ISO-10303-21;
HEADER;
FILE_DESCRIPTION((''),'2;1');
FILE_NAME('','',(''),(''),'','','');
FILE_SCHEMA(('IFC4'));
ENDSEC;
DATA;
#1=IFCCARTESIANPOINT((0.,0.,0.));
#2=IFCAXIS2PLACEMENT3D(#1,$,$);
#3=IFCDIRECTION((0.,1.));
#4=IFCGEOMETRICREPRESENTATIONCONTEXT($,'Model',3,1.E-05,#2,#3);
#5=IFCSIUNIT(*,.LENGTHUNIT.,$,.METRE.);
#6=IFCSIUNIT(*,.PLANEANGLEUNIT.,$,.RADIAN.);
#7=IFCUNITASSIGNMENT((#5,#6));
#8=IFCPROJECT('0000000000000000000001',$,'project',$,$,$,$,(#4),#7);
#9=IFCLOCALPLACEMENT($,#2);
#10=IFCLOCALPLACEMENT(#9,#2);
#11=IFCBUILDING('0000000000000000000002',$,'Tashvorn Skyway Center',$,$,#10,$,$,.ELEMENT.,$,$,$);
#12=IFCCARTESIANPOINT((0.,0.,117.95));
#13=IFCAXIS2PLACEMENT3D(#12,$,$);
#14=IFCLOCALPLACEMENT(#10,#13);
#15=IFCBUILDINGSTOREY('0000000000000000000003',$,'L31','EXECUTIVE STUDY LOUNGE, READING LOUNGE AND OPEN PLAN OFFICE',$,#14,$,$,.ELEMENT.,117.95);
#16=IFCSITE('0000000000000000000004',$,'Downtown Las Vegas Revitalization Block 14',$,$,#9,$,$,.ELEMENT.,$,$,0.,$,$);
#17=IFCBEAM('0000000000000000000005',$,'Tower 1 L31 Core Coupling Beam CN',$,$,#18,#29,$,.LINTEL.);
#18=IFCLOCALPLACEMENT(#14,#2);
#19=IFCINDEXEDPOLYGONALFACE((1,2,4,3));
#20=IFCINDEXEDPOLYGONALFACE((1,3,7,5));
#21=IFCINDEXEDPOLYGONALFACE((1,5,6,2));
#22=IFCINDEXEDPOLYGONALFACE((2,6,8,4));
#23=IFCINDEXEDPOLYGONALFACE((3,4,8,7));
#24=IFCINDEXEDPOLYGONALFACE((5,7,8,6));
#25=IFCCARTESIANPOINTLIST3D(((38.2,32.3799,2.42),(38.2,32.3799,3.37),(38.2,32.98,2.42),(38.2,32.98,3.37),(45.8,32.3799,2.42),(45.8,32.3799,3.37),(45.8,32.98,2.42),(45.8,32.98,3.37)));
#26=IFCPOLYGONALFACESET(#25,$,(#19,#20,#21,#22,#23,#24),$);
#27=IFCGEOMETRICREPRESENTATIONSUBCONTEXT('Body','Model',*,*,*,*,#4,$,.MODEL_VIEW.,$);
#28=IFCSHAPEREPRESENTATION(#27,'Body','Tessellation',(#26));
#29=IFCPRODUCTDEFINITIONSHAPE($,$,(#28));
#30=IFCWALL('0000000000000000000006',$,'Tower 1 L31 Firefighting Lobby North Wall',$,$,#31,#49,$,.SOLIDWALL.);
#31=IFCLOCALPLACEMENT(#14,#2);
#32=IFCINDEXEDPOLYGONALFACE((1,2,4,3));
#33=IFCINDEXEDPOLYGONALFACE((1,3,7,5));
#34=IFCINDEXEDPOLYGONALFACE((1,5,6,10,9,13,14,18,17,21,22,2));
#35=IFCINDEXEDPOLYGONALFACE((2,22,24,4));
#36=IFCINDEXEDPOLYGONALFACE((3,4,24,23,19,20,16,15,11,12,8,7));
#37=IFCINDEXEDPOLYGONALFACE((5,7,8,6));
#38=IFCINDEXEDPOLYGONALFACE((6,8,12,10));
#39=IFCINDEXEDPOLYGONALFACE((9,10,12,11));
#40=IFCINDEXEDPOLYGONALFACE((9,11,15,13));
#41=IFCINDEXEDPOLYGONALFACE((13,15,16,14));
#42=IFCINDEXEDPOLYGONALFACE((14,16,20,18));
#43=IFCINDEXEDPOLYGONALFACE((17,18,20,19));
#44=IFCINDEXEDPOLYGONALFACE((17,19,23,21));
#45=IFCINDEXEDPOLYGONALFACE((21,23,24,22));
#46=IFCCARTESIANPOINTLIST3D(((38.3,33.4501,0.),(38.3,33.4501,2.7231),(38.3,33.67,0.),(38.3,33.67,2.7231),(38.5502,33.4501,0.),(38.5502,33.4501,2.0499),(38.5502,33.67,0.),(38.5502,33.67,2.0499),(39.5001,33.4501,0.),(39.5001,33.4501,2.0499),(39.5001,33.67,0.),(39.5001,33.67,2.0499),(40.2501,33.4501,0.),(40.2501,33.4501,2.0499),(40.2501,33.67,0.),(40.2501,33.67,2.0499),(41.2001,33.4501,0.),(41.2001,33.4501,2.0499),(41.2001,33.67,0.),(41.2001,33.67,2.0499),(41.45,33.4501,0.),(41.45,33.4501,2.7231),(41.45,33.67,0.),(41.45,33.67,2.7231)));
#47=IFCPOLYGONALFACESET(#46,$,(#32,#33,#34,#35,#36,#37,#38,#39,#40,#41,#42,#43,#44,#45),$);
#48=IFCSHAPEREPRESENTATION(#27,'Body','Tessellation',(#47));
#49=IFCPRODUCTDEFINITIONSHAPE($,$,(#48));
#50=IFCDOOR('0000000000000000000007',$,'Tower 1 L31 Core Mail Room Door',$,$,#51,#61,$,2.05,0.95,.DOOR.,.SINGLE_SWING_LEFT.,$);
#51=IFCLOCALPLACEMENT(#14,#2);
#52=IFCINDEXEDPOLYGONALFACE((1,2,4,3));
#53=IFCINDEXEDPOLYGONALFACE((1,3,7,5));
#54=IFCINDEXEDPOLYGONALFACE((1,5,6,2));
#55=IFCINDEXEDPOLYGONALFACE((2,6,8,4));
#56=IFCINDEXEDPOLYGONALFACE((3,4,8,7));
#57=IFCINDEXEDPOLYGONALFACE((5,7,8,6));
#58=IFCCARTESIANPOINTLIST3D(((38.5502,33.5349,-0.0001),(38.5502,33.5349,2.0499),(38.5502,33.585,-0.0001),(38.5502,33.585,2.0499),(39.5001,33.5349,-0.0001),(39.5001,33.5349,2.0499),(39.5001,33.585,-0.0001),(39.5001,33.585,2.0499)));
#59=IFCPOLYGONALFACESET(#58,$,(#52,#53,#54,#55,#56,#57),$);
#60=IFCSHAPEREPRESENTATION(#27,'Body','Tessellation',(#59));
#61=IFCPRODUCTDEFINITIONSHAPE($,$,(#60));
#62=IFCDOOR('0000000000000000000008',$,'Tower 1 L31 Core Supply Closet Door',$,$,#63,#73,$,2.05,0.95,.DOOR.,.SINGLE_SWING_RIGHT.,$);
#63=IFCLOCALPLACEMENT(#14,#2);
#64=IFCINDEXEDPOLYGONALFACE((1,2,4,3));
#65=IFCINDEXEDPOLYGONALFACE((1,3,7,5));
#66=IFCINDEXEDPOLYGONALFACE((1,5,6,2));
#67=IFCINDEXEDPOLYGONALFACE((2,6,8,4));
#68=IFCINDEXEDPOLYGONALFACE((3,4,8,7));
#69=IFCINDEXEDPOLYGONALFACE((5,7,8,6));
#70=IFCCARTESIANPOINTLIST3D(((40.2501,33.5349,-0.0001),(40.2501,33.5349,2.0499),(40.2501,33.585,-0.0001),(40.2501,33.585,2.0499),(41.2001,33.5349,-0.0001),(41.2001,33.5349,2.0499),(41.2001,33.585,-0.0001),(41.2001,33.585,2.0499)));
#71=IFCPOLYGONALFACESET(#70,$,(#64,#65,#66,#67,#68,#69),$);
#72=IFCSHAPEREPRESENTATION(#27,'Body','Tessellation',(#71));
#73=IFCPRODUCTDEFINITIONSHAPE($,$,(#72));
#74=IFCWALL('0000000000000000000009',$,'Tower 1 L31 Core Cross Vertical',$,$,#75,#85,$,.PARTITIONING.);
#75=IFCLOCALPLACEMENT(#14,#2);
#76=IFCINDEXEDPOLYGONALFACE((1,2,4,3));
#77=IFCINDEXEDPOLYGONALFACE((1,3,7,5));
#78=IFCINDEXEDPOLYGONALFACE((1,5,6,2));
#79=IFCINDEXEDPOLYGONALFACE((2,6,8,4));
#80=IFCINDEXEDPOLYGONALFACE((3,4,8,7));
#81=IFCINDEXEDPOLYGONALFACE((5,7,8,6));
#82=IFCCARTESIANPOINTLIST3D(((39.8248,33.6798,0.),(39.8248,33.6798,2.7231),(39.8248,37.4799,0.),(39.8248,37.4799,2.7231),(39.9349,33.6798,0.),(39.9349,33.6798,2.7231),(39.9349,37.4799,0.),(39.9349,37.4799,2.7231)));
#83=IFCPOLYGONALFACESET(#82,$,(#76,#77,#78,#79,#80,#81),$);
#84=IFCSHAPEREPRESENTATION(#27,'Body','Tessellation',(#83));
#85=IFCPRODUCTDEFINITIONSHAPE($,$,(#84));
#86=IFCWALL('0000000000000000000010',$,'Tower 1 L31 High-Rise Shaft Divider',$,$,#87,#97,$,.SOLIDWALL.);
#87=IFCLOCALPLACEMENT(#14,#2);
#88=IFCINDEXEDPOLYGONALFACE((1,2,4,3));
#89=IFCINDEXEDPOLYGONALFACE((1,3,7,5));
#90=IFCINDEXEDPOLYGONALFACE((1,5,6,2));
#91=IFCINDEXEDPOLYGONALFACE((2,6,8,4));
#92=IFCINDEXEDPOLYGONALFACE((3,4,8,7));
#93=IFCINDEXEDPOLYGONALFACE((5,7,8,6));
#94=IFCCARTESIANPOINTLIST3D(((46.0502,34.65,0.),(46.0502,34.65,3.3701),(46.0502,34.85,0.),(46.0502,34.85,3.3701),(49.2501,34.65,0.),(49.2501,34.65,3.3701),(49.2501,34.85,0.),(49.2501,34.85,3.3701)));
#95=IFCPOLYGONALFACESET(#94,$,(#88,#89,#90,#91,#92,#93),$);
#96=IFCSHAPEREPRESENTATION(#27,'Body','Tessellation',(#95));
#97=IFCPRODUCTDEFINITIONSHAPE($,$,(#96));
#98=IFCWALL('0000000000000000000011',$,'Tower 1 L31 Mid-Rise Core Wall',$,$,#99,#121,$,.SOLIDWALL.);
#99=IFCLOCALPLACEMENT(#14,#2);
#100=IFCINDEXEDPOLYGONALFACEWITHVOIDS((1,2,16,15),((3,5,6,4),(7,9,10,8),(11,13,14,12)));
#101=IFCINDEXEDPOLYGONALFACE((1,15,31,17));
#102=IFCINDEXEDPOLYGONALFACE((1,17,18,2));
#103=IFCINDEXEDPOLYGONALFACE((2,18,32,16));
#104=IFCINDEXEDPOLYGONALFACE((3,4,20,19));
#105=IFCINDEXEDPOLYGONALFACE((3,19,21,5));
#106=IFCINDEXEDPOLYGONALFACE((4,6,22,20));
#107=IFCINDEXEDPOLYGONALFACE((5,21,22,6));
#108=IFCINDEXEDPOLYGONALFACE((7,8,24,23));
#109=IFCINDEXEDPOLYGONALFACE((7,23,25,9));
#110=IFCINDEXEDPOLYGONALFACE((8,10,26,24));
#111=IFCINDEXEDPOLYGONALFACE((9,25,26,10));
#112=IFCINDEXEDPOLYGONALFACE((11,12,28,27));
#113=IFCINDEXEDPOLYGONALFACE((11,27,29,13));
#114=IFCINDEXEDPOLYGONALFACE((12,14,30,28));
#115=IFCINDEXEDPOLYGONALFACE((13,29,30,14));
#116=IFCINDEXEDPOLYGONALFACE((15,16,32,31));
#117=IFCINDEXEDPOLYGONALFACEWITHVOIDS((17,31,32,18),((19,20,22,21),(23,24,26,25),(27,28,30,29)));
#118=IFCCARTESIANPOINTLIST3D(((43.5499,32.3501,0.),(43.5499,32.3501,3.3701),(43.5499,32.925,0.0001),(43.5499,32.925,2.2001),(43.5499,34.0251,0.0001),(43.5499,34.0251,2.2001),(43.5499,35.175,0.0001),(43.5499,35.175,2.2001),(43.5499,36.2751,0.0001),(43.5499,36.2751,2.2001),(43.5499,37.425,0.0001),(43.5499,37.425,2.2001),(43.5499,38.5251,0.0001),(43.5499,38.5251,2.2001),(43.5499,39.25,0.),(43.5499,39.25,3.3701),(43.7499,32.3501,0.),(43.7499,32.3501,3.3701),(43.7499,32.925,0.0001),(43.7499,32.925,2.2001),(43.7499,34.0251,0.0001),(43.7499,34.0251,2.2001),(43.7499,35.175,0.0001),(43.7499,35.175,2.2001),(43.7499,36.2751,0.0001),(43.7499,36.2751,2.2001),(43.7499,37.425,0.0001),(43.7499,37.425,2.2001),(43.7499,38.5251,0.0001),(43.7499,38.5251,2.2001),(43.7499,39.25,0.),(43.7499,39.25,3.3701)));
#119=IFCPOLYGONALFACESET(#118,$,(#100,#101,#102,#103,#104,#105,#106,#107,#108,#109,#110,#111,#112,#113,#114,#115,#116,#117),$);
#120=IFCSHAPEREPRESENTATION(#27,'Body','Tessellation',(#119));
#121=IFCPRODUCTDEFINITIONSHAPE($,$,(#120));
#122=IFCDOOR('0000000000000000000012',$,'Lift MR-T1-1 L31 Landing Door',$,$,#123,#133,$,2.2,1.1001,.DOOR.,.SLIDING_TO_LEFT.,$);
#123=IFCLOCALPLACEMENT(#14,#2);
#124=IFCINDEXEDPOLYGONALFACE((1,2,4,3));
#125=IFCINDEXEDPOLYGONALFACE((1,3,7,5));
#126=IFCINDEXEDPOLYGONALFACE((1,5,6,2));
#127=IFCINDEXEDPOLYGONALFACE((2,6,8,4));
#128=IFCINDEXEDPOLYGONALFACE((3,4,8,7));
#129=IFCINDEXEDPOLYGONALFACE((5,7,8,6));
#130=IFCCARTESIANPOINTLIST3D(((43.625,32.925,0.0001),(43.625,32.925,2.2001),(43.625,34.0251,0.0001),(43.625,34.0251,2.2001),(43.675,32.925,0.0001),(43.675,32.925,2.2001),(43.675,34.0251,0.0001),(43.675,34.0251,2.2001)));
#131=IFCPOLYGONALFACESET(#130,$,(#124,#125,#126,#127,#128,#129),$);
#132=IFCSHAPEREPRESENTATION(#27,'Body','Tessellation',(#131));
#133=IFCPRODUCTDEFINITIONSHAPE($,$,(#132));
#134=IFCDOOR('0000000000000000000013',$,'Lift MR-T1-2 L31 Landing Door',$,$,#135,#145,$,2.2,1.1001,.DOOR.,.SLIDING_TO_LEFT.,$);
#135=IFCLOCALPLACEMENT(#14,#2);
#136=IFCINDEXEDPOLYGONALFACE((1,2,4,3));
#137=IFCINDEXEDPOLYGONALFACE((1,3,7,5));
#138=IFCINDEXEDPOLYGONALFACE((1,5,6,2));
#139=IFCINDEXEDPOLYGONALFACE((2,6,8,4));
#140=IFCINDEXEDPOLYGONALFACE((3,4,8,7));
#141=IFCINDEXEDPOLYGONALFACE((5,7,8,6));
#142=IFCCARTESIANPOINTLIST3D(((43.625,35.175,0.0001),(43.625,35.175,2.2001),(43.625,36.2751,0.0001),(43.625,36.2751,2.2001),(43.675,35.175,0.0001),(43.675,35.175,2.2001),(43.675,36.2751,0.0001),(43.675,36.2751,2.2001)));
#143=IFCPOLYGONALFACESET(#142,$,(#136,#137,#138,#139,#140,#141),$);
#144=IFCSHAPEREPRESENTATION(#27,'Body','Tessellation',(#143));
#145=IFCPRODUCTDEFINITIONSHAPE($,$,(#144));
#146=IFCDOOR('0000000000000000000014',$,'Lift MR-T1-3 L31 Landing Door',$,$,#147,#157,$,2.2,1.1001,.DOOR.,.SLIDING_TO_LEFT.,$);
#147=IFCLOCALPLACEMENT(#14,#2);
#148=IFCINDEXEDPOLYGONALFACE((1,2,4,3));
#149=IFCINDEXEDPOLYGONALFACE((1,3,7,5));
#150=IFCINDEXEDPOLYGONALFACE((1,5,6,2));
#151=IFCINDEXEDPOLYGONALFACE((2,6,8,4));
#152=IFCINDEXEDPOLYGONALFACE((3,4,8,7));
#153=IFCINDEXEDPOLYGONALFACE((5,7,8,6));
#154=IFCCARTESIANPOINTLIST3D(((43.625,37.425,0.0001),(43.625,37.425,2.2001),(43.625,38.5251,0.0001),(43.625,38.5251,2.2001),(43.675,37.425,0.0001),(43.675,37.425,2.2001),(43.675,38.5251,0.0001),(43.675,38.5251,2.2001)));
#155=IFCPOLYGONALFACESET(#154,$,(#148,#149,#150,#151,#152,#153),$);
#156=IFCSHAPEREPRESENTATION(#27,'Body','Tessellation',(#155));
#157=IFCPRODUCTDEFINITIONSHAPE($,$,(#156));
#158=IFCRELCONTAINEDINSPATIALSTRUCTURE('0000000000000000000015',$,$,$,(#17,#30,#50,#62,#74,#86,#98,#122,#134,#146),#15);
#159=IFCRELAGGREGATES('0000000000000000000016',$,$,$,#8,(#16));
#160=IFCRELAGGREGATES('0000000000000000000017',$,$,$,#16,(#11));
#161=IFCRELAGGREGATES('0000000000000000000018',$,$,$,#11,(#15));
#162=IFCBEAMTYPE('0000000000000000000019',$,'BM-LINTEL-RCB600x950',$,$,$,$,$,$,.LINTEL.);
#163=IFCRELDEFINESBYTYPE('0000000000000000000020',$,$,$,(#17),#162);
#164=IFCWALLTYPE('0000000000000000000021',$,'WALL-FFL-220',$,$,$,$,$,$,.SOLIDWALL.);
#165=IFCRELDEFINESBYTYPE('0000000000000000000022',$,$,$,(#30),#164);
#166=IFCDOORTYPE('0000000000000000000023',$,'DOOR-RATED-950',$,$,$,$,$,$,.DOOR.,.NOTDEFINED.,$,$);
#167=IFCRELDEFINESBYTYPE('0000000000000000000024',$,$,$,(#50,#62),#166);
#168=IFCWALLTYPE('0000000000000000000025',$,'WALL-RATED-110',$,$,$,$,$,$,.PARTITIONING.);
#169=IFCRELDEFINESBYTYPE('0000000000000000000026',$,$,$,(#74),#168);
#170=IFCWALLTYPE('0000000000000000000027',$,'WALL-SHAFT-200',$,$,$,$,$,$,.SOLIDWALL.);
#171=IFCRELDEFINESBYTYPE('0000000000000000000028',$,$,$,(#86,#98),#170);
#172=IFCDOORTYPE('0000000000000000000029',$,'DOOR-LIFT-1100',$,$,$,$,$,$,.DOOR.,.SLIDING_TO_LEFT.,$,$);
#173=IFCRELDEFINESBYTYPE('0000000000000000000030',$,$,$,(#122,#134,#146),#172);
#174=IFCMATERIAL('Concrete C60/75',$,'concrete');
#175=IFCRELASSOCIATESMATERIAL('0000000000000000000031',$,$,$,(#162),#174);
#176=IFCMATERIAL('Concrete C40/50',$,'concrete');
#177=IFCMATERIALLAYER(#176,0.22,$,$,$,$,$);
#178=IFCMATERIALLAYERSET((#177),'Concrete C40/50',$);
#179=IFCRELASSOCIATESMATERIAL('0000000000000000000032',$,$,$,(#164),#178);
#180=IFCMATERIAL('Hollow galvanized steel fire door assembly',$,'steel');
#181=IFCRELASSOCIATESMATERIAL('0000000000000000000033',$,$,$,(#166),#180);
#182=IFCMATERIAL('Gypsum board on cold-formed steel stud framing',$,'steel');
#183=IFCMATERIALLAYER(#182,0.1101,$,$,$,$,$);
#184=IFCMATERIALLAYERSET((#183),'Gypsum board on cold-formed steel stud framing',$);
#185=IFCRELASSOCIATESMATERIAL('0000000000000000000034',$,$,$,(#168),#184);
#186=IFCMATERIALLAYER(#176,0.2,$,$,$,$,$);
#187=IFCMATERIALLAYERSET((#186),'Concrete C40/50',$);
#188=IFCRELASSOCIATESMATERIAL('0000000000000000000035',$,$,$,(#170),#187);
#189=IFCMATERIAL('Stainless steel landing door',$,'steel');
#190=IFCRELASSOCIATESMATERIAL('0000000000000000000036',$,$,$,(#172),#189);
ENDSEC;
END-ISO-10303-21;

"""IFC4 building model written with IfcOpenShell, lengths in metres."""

from ifc_helpers import new_model, si_unit, direction, frame, frame_2d, origin, origin_2d, place, context, subcontext, project, spatial, rectangle, extrude, material, layer, layer_set, material_profile, profile_set, type_object, element, fill, save


model = new_model("IFC4")

# Units and contexts
model_context = context("Model", 3, precision=1e-05, world=origin(), true_north=direction((0.0, 1.0)))
body_context = subcontext(model_context, "Body", "Model", "MODEL_VIEW")
ifc_project = project(units=[si_unit("LENGTHUNIT", "METRE"), si_unit("PLANEANGLEUNIT", "RADIAN")], contexts=[model_context])

# Site, building, storey
site_placement = place(None, origin())
site = spatial("IfcSite", under=ifc_project, at=site_placement, Name="Downtown Las Vegas Revitalization Block 14", CompositionType="ELEMENT", RefElevation=0.0)
building_placement = place(site_placement, origin())
building = spatial("IfcBuilding", under=site, at=building_placement, Name="Tashvorn Skyway Center", CompositionType="ELEMENT")
storey_placement = place(building_placement, frame((0.0, 0.0, 117.95)))
storey = spatial("IfcBuildingStorey", under=building, at=storey_placement, Name="L31", Description="EXECUTIVE STUDY LOUNGE, READING LOUNGE AND OPEN PLAN OFFICE", CompositionType="ELEMENT", Elevation=117.95)

# Beam
ifc_material_1 = material(Name="Concrete C60/75", Category="concrete")
ifc_material_profile = material_profile(ifc_material_1, rectangle(XDim=0.6001, YDim=0.95, at=origin_2d()), Name="RCB600x950")
ifc_profile_set = profile_set([ifc_material_profile], Name="Concrete C60/75")
beam_type = type_object("IfcBeamType", Name="BM-LINTEL-RCB600x950", PredefinedType="LINTEL", material=ifc_profile_set)
beam_placement = place(storey_placement, frame((38.2, 32.6799, 2.895), z_axis=(1.0, 0.0, 0.0), x_axis=(0.0, 1.0, 0.0)))
element("IfcBeam", 1, at=beam_placement, inside=storey, type_object=beam_type, Name="Tower 1 L31 Core Coupling Beam CN", PredefinedType="LINTEL", context=body_context, shape_type="SweptSolid", body=[
    extrude(rectangle(XDim=0.6001, YDim=0.95, at=origin_2d()), origin(), (0.0, 0.0, 1.0), 7.6001),
])

# Wall, openings, doors
ifc_material_2 = material(Name="Concrete C40/50", Category="concrete")
ifc_layer_1 = layer(ifc_material_2, 0.22)
ifc_layer_set_1 = layer_set([ifc_layer_1], Name="Concrete C40/50")
wall_type_1 = type_object("IfcWallType", Name="WALL-FFL-220", PredefinedType="SOLIDWALL", material=ifc_layer_set_1)
wall_1_placement = place(storey_placement, frame((38.3, 33.5601, 0.0), z_axis=(0.0, 0.0, 1.0), x_axis=(1.0, 0.0, 0.0)))
wall_1 = element("IfcWall", 2, at=wall_1_placement, inside=storey, type_object=wall_type_1, Name="Tower 1 L31 Firefighting Lobby North Wall", PredefinedType="SOLIDWALL", context=body_context, shape_type="SweptSolid", body=[
    extrude(rectangle(XDim=3.1499, YDim=0.22, at=frame_2d((1.575, 0.0))), origin(), (0.0, 0.0, 1.0), 2.7231),
])
opening_1_placement = place(wall_1_placement, frame((0.25, 0.0, 0.0)))
opening_1 = element("IfcOpeningElement", 3, at=opening_1_placement, cuts=wall_1, PredefinedType="OPENING", context=body_context, shape_type="SweptSolid", body=[
    extrude(rectangle(XDim=0.95, YDim=2.05, at=frame_2d((0.4751, 1.0249))), frame((0.0, 0.1199, 0.0), z_axis=(0.0, -1.0, 0.0), x_axis=(1.0, 0.0, 0.0)), (0.0, 0.0, 1.0), 0.24),
])
opening_2_placement = place(wall_1_placement, frame((1.95, 0.0, 0.0)))
opening_2 = element("IfcOpeningElement", 4, at=opening_2_placement, cuts=wall_1, PredefinedType="OPENING", context=body_context, shape_type="SweptSolid", body=[
    extrude(rectangle(XDim=0.95, YDim=2.05, at=frame_2d((0.4751, 1.0249))), frame((0.0, 0.1199, 0.0), z_axis=(0.0, -1.0, 0.0), x_axis=(1.0, 0.0, 0.0)), (0.0, 0.0, 1.0), 0.24),
])
ifc_material_3 = material(Name="Hollow galvanized steel fire door assembly", Category="steel")
door_type_1 = type_object("IfcDoorType", Name="DOOR-RATED-950", OperationType="NOTDEFINED", PredefinedType="DOOR", material=ifc_material_3)
door_1_placement = place(opening_1_placement, origin())
door_1 = element("IfcDoor", 5, at=door_1_placement, inside=storey, type_object=door_type_1, Name="Tower 1 L31 Core Mail Room Door", OperationType="SINGLE_SWING_LEFT", OverallHeight=2.05, OverallWidth=0.95, PredefinedType="DOOR", context=body_context, shape_type="SweptSolid", body=[
    extrude(rectangle(XDim=0.95, YDim=2.05, at=frame_2d((0.4751, 1.0249))), frame((0.0, 0.0249, 0.0), z_axis=(0.0, -1.0, 0.0), x_axis=(1.0, 0.0, 0.0)), (0.0, 0.0, 1.0), 0.05),
])
fill(opening_1, door_1)
door_2_placement = place(opening_2_placement, origin())
door_2 = element("IfcDoor", 6, at=door_2_placement, inside=storey, type_object=door_type_1, Name="Tower 1 L31 Core Supply Closet Door", OperationType="SINGLE_SWING_RIGHT", OverallHeight=2.05, OverallWidth=0.95, PredefinedType="DOOR", context=body_context, shape_type="SweptSolid", body=[
    extrude(rectangle(XDim=0.95, YDim=2.05, at=frame_2d((0.4751, 1.0249))), frame((0.0, 0.0249, 0.0), z_axis=(0.0, -1.0, 0.0), x_axis=(1.0, 0.0, 0.0)), (0.0, 0.0, 1.0), 0.05),
])
fill(opening_2, door_2)

# Walls
ifc_material_4 = material(Name="Gypsum board on cold-formed steel stud framing", Category="steel")
ifc_layer_2 = layer(ifc_material_4, 0.1101)
ifc_layer_set_2 = layer_set([ifc_layer_2], Name="Gypsum board on cold-formed steel stud framing")
wall_type_2 = type_object("IfcWallType", Name="WALL-RATED-110", PredefinedType="PARTITIONING", material=ifc_layer_set_2)
wall_2_placement = place(storey_placement, frame((39.8799, 33.6799, 0.0), z_axis=(0.0, 0.0, 1.0), x_axis=(0.0, 1.0, 0.0)))
element("IfcWall", 7, at=wall_2_placement, inside=storey, type_object=wall_type_2, Name="Tower 1 L31 Core Cross Vertical", PredefinedType="PARTITIONING", context=body_context, shape_type="SweptSolid", body=[
    extrude(rectangle(XDim=3.8, YDim=0.1101, at=frame_2d((1.8999, 0.0))), origin(), (0.0, 0.0, 1.0), 2.7231),
])
ifc_layer_3 = layer(ifc_material_2, 0.2)
ifc_layer_set_3 = layer_set([ifc_layer_3], Name="Concrete C40/50")
wall_type_3 = type_object("IfcWallType", Name="WALL-SHAFT-200", PredefinedType="SOLIDWALL", material=ifc_layer_set_3)
wall_3_placement = place(storey_placement, frame((46.05, 34.75, 0.0), z_axis=(0.0, 0.0, 1.0), x_axis=(1.0, 0.0, 0.0)))
element("IfcWall", 8, at=wall_3_placement, inside=storey, type_object=wall_type_3, Name="Tower 1 L31 High-Rise Shaft Divider", PredefinedType="SOLIDWALL", context=body_context, shape_type="SweptSolid", body=[
    extrude(rectangle(XDim=3.2, YDim=0.2, at=frame_2d((1.6001, 0.0))), origin(), (0.0, 0.0, 1.0), 3.3701),
])

# Wall, openings, doors
wall_4_placement = place(storey_placement, frame((43.6499, 32.3501, 0.0), z_axis=(0.0, 0.0, 1.0), x_axis=(0.0, 1.0, 0.0)))
wall_4 = element("IfcWall", 9, at=wall_4_placement, inside=storey, type_object=wall_type_3, Name="Tower 1 L31 Mid-Rise Core Wall", PredefinedType="SOLIDWALL", context=body_context, shape_type="SweptSolid", body=[
    extrude(rectangle(XDim=6.8999, YDim=0.2, at=frame_2d((3.45, 0.0))), origin(), (0.0, 0.0, 1.0), 3.3701),
])
opening_3_placement = place(wall_4_placement, frame((0.575, 0.0, 0.0)))
opening_3 = element("IfcOpeningElement", 10, at=opening_3_placement, cuts=wall_4, PredefinedType="OPENING", context=body_context, shape_type="SweptSolid", body=[
    extrude(rectangle(XDim=1.1001, YDim=2.2, at=frame_2d((0.55, 1.1001))), frame((0.0, 0.1099, 0.0), z_axis=(0.0, -1.0, 0.0), x_axis=(1.0, 0.0, 0.0)), (0.0, 0.0, 1.0), 0.22),
])
opening_4_placement = place(wall_4_placement, frame((2.825, 0.0, 0.0)))
opening_4 = element("IfcOpeningElement", 11, at=opening_4_placement, cuts=wall_4, PredefinedType="OPENING", context=body_context, shape_type="SweptSolid", body=[
    extrude(rectangle(XDim=1.1001, YDim=2.2, at=frame_2d((0.55, 1.1001))), frame((0.0, 0.1099, 0.0), z_axis=(0.0, -1.0, 0.0), x_axis=(1.0, 0.0, 0.0)), (0.0, 0.0, 1.0), 0.22),
])
opening_5_placement = place(wall_4_placement, frame((5.075, 0.0, 0.0)))
opening_5 = element("IfcOpeningElement", 12, at=opening_5_placement, cuts=wall_4, PredefinedType="OPENING", context=body_context, shape_type="SweptSolid", body=[
    extrude(rectangle(XDim=1.1001, YDim=2.2, at=frame_2d((0.55, 1.1001))), frame((0.0, 0.1099, 0.0), z_axis=(0.0, -1.0, 0.0), x_axis=(1.0, 0.0, 0.0)), (0.0, 0.0, 1.0), 0.22),
])
ifc_material_5 = material(Name="Stainless steel landing door", Category="steel")
door_type_2 = type_object("IfcDoorType", Name="DOOR-LIFT-1100", OperationType="SLIDING_TO_LEFT", PredefinedType="DOOR", material=ifc_material_5)
door_3_placement = place(opening_3_placement, origin())
door_3 = element("IfcDoor", 13, at=door_3_placement, inside=storey, type_object=door_type_2, Name="Lift MR-T1-1 L31 Landing Door", OperationType="SLIDING_TO_LEFT", OverallHeight=2.2, OverallWidth=1.1001, PredefinedType="DOOR", context=body_context, shape_type="SweptSolid", body=[
    extrude(rectangle(XDim=1.1001, YDim=2.2, at=frame_2d((0.55, 1.1001))), frame((0.0, 0.0249, 0.0), z_axis=(0.0, -1.0, 0.0), x_axis=(1.0, 0.0, 0.0)), (0.0, 0.0, 1.0), 0.05),
])
fill(opening_3, door_3)
door_4_placement = place(opening_4_placement, origin())
door_4 = element("IfcDoor", 14, at=door_4_placement, inside=storey, type_object=door_type_2, Name="Lift MR-T1-2 L31 Landing Door", OperationType="SLIDING_TO_LEFT", OverallHeight=2.2, OverallWidth=1.1001, PredefinedType="DOOR", context=body_context, shape_type="SweptSolid", body=[
    extrude(rectangle(XDim=1.1001, YDim=2.2, at=frame_2d((0.55, 1.1001))), frame((0.0, 0.0249, 0.0), z_axis=(0.0, -1.0, 0.0), x_axis=(1.0, 0.0, 0.0)), (0.0, 0.0, 1.0), 0.05),
])
fill(opening_4, door_4)
door_5_placement = place(opening_5_placement, origin())
door_5 = element("IfcDoor", 15, at=door_5_placement, inside=storey, type_object=door_type_2, Name="Lift MR-T1-3 L31 Landing Door", OperationType="SLIDING_TO_LEFT", OverallHeight=2.2, OverallWidth=1.1001, PredefinedType="DOOR", context=body_context, shape_type="SweptSolid", body=[
    extrude(rectangle(XDim=1.1001, YDim=2.2, at=frame_2d((0.55, 1.1001))), frame((0.0, 0.0249, 0.0), z_axis=(0.0, -1.0, 0.0), x_axis=(1.0, 0.0, 0.0)), (0.0, 0.0, 1.0), 0.05),
])
fill(opening_5, door_5)

save(model, "model.ifc")
